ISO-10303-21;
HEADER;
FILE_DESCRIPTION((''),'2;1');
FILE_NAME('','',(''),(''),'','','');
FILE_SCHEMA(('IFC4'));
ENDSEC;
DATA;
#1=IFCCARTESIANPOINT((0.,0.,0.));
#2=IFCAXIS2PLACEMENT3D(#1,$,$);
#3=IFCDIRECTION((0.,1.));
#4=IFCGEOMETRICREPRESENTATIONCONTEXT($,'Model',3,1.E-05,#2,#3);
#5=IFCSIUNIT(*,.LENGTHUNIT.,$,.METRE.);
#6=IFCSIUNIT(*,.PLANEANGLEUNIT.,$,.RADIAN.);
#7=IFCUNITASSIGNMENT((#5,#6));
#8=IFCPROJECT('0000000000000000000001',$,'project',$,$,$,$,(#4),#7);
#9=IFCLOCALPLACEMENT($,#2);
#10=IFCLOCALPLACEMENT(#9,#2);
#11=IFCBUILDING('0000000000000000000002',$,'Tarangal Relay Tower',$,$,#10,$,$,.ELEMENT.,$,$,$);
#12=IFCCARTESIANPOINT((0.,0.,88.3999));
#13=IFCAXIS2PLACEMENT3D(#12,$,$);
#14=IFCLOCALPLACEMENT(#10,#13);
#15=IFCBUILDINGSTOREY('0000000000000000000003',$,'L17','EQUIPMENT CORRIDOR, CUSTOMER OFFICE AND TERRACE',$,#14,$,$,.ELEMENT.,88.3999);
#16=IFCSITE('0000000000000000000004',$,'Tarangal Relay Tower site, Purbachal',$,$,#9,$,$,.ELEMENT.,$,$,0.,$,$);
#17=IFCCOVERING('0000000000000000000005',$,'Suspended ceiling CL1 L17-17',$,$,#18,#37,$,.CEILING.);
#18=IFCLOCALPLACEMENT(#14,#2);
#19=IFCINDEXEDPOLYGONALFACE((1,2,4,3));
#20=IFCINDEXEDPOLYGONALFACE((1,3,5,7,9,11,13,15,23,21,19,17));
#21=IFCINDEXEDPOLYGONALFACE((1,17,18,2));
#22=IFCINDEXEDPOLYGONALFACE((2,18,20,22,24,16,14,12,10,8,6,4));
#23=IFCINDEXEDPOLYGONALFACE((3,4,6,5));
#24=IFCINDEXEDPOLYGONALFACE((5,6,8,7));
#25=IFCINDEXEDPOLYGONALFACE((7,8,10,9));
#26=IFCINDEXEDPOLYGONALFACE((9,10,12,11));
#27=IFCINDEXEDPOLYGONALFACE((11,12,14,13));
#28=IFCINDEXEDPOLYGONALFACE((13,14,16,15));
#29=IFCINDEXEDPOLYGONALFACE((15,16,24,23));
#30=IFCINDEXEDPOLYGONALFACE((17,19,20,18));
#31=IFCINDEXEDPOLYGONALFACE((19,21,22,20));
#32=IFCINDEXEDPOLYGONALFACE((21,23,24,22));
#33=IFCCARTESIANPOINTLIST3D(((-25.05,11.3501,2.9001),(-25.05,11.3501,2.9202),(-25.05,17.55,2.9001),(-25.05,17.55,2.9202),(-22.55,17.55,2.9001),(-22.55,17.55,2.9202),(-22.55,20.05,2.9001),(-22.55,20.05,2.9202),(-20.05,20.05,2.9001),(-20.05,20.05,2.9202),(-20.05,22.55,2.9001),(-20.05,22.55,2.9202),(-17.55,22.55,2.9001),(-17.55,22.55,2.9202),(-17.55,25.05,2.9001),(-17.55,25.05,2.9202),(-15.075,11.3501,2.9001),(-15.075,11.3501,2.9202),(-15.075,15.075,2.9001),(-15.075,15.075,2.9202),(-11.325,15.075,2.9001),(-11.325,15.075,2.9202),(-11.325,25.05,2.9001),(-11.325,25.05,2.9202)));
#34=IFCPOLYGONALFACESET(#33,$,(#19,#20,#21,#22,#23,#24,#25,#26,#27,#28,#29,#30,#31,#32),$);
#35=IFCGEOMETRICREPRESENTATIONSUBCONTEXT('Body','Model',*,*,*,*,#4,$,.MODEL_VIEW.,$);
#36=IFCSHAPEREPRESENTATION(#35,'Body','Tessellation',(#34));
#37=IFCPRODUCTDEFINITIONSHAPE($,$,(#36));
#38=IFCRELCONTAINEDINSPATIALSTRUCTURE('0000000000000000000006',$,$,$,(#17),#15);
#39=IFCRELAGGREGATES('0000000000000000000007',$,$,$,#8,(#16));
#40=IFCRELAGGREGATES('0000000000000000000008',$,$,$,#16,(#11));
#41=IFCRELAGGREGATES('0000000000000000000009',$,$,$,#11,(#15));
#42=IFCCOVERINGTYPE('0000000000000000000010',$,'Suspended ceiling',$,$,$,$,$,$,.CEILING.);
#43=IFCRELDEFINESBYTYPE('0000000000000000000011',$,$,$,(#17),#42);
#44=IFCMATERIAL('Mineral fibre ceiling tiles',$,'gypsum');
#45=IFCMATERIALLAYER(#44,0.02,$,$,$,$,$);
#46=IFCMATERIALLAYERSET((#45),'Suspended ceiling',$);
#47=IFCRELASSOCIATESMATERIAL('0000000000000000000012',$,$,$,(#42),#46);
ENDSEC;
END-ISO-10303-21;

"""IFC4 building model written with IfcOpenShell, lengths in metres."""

from ifc_helpers import new_model, si_unit, direction, frame, origin, place, context, subcontext, project, spatial, polyline, outline, extrude, material, layer, layer_set, type_object, element, save


model = new_model("IFC4")

# Units and contexts
model_context = context("Model", 3, precision=1e-05, world=origin(), true_north=direction((0.0, 1.0)))
body_context = subcontext(model_context, "Body", "Model", "MODEL_VIEW")
ifc_project = project(units=[si_unit("LENGTHUNIT", "METRE"), si_unit("PLANEANGLEUNIT", "RADIAN")], contexts=[model_context])

# Site, building, storey
site_placement = place(None, origin())
site = spatial("IfcSite", under=ifc_project, at=site_placement, Name="Tarangal Relay Tower site, Purbachal", CompositionType="ELEMENT", RefElevation=0.0)
building_placement = place(site_placement, origin())
building = spatial("IfcBuilding", under=site, at=building_placement, Name="Tarangal Relay Tower", CompositionType="ELEMENT")
storey_placement = place(building_placement, frame((0.0, 0.0, 88.3999)))
storey = spatial("IfcBuildingStorey", under=building, at=storey_placement, Name="L17", Description="EQUIPMENT CORRIDOR, CUSTOMER OFFICE AND TERRACE", CompositionType="ELEMENT", Elevation=88.3999)

# Covering
ifc_material_1 = material(Name="Mineral fibre ceiling tiles", Category="gypsum")
ifc_layer_1 = layer(ifc_material_1, 0.02)
ifc_layer_set_1 = layer_set([ifc_layer_1], Name="Suspended ceiling")
covering_type_1 = type_object("IfcCoveringType", Name="Suspended ceiling", PredefinedType="CEILING", material=ifc_layer_set_1)
covering_1_placement = place(storey_placement, frame((0.0, 0.0, 2.9001)))
element("IfcCovering", 1, at=covering_1_placement, inside=storey, type_object=covering_type_1, Name="Suspended ceiling CL1 L17-17", PredefinedType="CEILING", context=body_context, shape_type="SweptSolid", body=[
    extrude(outline(polyline([(-22.55, 17.55), (-25.05, 17.55), (-25.05, 11.3501), (-15.075, 11.3501), (-15.075, 15.075), (-11.325, 15.075), (-11.325, 25.05), (-17.55, 25.05), (-17.55, 22.55), (-20.05, 22.55), (-20.05, 20.05), (-22.55, 20.05), (-22.55, 17.55)])), origin(), (0.0, 0.0, 1.0), 0.02),
])

save(model, "model.ifc")
